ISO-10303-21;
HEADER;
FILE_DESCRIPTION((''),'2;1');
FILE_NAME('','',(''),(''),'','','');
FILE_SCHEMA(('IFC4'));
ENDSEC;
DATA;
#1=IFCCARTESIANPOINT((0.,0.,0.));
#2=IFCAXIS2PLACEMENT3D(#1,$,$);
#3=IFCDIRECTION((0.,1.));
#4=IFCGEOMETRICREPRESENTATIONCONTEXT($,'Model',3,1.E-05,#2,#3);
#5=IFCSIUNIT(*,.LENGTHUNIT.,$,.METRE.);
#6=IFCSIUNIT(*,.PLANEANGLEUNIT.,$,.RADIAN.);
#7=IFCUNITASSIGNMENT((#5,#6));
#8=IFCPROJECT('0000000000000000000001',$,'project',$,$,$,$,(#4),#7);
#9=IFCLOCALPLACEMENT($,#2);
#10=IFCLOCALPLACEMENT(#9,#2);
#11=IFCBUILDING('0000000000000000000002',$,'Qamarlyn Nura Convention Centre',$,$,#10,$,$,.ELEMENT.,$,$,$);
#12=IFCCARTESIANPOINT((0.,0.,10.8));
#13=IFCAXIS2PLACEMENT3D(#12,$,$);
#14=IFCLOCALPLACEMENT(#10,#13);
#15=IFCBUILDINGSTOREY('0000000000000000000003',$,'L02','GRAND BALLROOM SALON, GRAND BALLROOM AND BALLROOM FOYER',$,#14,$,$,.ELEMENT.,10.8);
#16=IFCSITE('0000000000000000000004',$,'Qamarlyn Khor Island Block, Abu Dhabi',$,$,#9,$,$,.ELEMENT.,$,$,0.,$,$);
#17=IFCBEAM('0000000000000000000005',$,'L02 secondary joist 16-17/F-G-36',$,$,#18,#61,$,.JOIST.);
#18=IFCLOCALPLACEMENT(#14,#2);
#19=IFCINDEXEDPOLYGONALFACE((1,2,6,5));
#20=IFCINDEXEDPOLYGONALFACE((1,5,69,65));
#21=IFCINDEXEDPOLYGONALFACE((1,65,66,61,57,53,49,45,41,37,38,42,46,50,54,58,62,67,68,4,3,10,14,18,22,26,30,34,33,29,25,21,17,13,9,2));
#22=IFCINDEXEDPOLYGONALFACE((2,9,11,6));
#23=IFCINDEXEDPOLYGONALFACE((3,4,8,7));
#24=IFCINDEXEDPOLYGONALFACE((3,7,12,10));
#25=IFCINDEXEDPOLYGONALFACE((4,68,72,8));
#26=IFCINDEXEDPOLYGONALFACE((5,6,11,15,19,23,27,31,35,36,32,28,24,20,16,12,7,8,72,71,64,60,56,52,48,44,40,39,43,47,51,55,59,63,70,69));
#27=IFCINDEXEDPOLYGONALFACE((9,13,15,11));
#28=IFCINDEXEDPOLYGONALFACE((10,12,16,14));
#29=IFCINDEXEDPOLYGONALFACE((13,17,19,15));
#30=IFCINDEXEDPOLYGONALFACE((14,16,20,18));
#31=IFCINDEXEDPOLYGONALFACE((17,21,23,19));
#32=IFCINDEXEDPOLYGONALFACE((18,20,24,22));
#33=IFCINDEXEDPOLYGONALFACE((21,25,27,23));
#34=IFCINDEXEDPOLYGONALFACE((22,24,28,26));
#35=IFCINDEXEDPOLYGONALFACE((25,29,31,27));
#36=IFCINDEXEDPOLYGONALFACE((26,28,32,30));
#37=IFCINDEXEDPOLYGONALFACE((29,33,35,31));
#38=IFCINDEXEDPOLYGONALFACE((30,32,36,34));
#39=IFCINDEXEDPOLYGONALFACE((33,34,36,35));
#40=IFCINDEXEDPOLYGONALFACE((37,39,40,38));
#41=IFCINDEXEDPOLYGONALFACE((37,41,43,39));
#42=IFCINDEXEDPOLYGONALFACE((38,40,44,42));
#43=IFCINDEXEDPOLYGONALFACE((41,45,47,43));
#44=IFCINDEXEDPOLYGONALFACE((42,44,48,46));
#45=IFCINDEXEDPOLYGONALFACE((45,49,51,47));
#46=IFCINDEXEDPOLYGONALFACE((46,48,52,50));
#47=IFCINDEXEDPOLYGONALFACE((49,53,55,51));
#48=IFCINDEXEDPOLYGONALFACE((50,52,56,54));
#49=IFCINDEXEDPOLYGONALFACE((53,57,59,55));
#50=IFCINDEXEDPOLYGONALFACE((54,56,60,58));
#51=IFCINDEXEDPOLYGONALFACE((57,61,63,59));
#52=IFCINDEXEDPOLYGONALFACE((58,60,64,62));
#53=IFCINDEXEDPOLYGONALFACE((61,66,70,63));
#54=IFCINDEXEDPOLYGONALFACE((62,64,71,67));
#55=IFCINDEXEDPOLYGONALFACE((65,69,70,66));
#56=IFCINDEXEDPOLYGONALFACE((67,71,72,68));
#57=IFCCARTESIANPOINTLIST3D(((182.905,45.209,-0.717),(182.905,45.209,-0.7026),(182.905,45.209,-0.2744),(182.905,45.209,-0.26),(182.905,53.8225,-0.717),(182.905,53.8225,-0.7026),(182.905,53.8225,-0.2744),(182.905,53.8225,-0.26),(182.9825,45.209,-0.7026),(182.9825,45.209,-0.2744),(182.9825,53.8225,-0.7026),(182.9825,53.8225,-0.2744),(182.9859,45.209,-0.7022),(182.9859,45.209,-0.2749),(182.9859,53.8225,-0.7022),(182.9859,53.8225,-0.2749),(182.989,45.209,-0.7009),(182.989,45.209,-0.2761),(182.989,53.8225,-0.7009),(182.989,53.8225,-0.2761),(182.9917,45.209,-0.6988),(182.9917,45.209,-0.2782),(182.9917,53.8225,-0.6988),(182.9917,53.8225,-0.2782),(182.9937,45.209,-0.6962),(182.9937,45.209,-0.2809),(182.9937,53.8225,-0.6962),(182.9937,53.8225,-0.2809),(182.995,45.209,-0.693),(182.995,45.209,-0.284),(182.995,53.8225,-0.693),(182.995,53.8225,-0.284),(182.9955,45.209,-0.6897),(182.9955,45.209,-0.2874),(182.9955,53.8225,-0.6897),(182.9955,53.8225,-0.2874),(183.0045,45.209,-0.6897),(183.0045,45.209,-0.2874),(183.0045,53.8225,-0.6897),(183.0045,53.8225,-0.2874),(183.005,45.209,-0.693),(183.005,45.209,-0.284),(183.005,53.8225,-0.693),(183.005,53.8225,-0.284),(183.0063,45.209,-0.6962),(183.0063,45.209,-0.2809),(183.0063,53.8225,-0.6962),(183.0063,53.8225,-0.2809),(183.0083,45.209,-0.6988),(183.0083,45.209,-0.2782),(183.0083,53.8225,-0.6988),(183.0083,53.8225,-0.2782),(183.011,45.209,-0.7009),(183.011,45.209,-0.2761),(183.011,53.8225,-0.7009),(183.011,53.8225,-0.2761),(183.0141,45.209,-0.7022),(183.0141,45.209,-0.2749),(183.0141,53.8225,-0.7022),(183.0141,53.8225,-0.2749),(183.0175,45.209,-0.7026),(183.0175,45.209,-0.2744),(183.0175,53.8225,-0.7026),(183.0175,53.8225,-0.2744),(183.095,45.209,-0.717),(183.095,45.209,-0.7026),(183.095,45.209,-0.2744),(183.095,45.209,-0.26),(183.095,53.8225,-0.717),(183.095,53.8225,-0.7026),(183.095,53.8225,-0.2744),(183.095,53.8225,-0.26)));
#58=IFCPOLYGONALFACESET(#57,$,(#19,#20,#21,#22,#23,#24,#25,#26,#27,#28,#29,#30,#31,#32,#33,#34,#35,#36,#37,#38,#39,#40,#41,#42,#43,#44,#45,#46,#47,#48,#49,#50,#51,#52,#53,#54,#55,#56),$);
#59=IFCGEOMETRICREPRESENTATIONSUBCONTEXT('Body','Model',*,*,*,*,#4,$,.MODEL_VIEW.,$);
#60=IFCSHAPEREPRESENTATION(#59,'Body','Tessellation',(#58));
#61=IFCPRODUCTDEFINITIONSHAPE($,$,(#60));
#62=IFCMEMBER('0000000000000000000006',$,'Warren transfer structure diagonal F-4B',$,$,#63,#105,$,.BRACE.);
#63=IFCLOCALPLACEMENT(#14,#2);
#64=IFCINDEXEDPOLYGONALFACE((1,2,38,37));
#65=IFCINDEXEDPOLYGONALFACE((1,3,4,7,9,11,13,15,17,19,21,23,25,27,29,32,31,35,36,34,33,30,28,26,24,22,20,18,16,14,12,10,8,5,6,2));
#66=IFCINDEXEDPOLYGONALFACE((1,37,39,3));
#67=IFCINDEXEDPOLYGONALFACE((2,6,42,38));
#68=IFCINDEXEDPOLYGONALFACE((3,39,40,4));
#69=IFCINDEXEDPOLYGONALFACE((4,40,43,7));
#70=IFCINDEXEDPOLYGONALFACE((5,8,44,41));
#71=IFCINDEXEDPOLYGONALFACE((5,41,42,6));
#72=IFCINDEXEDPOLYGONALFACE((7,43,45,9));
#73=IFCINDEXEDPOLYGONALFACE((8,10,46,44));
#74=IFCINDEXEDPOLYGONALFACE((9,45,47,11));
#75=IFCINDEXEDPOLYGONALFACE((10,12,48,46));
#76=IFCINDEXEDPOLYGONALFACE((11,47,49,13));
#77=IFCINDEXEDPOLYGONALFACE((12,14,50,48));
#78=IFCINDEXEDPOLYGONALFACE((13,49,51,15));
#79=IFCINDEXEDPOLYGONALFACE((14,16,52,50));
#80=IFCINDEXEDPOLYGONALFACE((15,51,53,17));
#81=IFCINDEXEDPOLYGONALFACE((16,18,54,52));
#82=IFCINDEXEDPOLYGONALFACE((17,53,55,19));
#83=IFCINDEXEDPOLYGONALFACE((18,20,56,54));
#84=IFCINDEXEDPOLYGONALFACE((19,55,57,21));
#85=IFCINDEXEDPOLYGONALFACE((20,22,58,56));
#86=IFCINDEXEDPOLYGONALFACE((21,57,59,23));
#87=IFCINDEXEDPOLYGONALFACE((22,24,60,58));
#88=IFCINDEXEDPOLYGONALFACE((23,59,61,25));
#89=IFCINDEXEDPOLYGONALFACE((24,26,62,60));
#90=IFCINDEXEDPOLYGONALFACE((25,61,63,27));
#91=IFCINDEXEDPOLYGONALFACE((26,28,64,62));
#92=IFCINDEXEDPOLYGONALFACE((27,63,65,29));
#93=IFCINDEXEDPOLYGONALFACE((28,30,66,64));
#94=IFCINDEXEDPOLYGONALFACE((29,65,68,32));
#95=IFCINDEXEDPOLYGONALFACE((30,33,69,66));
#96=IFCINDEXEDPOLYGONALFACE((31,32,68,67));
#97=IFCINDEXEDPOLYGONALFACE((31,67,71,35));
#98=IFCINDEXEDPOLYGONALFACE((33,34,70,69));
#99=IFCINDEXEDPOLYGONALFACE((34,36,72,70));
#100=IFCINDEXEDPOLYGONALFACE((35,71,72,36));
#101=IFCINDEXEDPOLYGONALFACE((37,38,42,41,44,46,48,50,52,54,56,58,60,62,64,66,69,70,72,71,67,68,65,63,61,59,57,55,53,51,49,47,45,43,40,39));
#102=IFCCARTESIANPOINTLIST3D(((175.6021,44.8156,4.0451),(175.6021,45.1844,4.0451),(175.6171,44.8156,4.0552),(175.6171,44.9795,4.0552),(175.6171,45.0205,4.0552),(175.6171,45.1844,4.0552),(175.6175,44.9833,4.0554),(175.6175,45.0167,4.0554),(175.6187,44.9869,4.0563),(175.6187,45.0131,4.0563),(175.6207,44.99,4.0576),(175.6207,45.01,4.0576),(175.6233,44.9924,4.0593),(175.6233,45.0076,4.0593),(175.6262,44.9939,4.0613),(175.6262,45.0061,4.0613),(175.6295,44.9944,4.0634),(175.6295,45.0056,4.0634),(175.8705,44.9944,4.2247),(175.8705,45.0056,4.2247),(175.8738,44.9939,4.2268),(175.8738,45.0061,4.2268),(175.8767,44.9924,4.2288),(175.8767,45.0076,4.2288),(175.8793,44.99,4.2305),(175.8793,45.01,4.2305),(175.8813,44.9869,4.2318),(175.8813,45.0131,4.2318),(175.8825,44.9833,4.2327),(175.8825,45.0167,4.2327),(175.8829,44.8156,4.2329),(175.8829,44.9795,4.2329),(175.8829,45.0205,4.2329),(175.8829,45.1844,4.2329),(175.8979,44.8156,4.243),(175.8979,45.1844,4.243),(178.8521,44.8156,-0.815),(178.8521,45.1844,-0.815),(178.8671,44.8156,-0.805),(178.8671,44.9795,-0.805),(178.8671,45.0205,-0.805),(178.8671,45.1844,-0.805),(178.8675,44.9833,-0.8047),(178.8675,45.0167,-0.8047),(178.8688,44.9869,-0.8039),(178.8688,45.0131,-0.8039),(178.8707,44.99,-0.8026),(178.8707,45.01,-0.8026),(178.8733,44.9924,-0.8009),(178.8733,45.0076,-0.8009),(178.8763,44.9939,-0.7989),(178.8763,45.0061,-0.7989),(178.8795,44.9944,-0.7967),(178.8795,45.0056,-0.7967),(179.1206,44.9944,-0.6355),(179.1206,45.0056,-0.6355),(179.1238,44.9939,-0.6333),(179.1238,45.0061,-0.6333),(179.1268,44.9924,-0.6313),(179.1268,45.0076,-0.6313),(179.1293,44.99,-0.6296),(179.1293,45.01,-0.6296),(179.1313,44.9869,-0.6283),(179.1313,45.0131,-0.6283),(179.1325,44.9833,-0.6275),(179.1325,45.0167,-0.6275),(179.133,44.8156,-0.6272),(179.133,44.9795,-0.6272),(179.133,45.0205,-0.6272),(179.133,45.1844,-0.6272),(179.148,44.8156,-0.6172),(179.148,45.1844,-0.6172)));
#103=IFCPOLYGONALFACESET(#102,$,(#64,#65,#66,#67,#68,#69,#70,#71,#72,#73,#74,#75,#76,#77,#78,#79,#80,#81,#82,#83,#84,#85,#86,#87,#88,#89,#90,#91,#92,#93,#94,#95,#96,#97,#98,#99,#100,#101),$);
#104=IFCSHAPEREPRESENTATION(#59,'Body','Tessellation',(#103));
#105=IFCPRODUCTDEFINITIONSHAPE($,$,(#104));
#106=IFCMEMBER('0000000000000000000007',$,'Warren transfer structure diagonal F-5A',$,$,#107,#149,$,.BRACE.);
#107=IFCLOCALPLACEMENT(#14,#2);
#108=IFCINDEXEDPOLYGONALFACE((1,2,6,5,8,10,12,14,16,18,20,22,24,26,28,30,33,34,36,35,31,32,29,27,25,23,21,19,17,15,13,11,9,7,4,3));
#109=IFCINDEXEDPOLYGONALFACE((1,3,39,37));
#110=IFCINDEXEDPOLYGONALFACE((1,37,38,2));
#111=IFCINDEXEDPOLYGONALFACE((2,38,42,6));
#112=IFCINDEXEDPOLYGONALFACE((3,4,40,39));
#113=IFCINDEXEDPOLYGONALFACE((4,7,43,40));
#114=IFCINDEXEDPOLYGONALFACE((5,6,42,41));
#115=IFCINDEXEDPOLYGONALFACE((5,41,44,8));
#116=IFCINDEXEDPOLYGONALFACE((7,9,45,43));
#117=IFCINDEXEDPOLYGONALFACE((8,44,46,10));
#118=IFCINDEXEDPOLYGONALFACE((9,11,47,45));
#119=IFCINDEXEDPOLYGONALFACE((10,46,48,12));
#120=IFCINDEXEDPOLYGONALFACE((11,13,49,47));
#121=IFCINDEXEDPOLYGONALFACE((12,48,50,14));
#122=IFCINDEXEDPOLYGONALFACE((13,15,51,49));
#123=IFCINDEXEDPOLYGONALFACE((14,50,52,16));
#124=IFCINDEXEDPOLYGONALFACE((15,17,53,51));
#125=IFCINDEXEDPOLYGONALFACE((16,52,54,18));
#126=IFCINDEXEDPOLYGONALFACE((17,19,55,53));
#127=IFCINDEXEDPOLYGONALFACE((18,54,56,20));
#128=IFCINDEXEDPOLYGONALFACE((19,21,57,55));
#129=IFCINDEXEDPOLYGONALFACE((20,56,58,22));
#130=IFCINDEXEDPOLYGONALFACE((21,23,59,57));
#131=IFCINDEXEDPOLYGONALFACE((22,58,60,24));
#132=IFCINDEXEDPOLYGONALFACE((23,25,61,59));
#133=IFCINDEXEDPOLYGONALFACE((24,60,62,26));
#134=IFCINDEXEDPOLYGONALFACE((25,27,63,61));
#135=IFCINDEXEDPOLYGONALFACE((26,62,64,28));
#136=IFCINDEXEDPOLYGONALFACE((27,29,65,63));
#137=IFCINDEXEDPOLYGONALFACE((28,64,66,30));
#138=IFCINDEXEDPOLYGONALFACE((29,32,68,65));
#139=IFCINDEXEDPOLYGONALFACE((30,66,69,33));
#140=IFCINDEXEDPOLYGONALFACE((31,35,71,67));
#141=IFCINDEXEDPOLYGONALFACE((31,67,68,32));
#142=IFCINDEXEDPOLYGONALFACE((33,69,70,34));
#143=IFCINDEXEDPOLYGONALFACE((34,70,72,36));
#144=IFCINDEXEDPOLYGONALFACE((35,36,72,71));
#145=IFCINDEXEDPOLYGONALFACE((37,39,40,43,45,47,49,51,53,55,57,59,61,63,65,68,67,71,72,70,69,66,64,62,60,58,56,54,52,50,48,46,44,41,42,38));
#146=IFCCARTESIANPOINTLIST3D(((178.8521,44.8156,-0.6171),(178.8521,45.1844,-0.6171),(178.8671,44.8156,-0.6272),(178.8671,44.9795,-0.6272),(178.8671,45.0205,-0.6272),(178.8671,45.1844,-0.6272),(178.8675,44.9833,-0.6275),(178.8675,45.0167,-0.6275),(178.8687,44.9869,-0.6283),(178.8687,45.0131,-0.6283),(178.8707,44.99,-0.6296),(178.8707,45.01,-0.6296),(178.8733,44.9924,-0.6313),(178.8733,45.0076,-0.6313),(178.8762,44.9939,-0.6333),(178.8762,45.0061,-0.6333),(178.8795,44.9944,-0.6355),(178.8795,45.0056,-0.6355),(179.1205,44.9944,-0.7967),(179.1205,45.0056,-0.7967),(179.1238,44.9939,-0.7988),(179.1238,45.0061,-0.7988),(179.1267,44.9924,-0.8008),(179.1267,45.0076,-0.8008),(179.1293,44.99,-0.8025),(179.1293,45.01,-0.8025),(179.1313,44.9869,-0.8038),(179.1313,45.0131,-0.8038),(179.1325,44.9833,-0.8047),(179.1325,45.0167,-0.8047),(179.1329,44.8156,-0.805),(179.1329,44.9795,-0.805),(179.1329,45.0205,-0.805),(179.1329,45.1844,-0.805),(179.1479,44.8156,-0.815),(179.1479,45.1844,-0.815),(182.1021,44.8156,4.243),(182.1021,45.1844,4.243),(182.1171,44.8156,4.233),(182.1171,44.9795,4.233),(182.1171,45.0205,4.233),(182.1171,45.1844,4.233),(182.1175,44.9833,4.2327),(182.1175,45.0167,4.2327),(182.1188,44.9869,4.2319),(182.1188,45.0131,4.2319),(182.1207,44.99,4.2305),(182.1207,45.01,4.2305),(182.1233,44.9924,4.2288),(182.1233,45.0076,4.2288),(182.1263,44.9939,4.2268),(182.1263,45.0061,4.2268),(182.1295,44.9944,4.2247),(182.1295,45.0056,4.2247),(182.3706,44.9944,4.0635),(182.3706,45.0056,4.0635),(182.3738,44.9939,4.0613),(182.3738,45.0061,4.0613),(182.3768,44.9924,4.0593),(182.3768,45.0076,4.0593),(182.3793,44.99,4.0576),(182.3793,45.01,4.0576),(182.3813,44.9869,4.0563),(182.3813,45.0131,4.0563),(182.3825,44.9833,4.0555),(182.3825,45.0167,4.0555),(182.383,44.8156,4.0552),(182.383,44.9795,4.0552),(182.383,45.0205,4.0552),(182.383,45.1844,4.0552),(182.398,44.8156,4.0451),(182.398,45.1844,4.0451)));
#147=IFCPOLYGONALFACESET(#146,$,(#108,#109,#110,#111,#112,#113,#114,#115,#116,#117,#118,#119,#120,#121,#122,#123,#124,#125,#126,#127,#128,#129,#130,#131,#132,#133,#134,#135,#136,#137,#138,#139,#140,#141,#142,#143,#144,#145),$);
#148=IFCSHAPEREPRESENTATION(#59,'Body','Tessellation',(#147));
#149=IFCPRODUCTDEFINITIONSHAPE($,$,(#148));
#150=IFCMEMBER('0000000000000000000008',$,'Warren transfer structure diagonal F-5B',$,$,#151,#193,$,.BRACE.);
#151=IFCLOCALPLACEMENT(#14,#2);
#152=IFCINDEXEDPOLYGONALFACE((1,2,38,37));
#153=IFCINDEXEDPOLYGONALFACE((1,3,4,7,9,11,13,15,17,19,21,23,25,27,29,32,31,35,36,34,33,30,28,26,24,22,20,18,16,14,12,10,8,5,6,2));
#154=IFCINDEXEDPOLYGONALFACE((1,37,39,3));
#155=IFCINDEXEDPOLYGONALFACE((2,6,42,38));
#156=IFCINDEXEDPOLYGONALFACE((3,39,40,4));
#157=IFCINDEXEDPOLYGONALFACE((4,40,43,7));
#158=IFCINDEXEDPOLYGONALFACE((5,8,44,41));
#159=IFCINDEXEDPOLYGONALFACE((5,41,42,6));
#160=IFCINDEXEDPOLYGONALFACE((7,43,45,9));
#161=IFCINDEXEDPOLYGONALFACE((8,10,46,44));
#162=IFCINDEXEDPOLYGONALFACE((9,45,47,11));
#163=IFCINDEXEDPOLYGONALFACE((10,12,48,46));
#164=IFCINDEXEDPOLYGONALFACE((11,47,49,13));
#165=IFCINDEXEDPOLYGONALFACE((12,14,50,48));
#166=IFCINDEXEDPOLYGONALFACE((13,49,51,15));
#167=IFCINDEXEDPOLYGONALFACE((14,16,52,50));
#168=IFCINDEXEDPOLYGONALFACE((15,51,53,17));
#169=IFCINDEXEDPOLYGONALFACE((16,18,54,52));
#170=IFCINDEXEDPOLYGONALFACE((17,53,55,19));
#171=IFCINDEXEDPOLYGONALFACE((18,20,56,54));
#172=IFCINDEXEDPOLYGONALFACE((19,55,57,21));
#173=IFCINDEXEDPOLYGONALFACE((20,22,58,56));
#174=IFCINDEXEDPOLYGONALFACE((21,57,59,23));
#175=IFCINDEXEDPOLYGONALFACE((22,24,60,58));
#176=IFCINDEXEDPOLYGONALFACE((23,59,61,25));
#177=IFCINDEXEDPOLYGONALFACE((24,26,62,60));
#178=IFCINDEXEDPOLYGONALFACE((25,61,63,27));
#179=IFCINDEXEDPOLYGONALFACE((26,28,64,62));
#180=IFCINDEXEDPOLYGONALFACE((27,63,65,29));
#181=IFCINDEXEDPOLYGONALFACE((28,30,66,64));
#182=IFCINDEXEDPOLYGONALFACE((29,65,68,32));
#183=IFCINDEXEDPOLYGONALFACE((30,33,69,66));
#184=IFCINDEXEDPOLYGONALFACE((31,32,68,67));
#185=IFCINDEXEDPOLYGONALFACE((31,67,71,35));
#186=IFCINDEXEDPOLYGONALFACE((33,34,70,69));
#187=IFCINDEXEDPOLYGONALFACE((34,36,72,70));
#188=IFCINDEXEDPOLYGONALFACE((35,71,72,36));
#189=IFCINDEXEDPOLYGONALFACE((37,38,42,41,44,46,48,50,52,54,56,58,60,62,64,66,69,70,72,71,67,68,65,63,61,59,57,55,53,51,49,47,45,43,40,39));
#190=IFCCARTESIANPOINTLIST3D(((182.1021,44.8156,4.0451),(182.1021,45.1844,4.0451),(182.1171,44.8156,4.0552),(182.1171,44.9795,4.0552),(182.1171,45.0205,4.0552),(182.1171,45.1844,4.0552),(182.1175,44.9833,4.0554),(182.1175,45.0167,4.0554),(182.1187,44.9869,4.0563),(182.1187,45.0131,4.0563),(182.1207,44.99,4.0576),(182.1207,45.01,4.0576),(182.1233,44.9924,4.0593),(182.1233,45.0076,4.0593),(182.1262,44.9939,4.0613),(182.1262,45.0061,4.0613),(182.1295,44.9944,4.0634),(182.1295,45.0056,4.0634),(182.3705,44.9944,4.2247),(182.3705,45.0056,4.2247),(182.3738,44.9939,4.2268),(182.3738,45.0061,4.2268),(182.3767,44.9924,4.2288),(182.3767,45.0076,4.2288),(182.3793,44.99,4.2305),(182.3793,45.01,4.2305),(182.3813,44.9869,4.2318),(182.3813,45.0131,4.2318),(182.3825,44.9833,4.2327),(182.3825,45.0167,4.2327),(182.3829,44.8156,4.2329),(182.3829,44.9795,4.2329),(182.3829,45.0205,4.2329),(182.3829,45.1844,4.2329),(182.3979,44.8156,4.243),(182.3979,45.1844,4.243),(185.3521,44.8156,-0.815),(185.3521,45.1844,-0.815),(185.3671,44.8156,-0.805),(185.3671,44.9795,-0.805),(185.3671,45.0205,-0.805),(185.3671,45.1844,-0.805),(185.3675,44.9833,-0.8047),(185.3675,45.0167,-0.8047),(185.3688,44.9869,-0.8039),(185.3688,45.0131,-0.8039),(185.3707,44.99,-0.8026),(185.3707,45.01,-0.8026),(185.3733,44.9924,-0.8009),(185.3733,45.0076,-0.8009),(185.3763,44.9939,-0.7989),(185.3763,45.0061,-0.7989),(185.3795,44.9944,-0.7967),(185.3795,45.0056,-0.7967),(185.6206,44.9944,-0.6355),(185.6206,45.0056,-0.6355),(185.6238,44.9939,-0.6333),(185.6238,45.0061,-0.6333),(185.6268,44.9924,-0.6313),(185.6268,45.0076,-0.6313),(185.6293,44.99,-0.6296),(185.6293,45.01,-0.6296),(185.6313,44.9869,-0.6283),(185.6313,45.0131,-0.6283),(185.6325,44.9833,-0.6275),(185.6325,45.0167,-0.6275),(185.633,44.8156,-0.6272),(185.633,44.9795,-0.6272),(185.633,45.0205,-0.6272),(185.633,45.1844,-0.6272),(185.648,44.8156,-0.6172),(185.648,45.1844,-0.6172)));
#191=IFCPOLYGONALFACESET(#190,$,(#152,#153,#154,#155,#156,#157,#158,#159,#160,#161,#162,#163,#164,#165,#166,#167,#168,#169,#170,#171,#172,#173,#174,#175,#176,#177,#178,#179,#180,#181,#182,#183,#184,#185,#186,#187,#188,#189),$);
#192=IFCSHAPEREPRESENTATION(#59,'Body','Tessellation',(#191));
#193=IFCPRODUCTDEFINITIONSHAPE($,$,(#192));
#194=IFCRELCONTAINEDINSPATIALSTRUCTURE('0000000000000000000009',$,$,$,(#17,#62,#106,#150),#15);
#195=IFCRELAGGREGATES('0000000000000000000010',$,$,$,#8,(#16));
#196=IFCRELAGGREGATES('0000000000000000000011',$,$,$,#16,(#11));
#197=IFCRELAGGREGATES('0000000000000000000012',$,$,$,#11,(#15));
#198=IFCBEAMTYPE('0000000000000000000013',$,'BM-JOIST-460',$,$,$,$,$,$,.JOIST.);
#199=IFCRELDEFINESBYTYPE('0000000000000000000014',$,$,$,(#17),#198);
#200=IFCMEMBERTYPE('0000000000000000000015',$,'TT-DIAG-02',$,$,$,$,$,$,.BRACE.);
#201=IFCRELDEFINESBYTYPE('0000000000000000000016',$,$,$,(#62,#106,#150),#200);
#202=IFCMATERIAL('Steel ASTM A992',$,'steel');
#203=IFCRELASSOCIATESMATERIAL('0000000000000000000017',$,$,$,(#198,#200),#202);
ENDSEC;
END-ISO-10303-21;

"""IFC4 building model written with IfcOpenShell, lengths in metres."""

from ifc_helpers import new_model, si_unit, direction, frame, origin, origin_2d, place, context, subcontext, project, spatial, i_section, extrude, material, material_profile, profile_set, type_object, element, save


model = new_model("IFC4")

# Units and contexts
model_context = context("Model", 3, precision=1e-05, world=origin(), true_north=direction((0.0, 1.0)))
body_context = subcontext(model_context, "Body", "Model", "MODEL_VIEW")
ifc_project = project(units=[si_unit("LENGTHUNIT", "METRE"), si_unit("PLANEANGLEUNIT", "RADIAN")], contexts=[model_context])

# Site, building, storey
site_placement = place(None, origin())
site = spatial("IfcSite", under=ifc_project, at=site_placement, Name="Qamarlyn Khor Island Block, Abu Dhabi", CompositionType="ELEMENT", RefElevation=0.0)
building_placement = place(site_placement, origin())
building = spatial("IfcBuilding", under=site, at=building_placement, Name="Qamarlyn Nura Convention Centre", CompositionType="ELEMENT")
storey_placement = place(building_placement, frame((0.0, 0.0, 10.8)))
storey = spatial("IfcBuildingStorey", under=building, at=storey_placement, Name="L02", Description="GRAND BALLROOM SALON, GRAND BALLROOM AND BALLROOM FOYER", CompositionType="ELEMENT", Elevation=10.8)

# Shared definitions
ifc_material_1 = material(Name="Steel ASTM A992", Category="steel")

# Beam
ifc_material_profile_1 = material_profile(ifc_material_1, i_section(OverallWidth=0.1899, OverallDepth=0.457, WebThickness=0.009, FlangeThickness=0.0144, FilletRadius=0.0129, at=origin_2d()), Name="W460X74")
ifc_profile_set_1 = profile_set([ifc_material_profile_1], Name="Steel ASTM A992")
beam_type_1 = type_object("IfcBeamType", Name="BM-JOIST-460", PredefinedType="JOIST", material=ifc_profile_set_1)
beam_1_placement = place(storey_placement, frame((183.0, 45.209, -0.4885), z_axis=(0.0, 1.0, 0.0), x_axis=(-1.0, 0.0, 0.0)))
element("IfcBeam", 1, at=beam_1_placement, inside=storey, type_object=beam_type_1, Name="L02 secondary joist 16-17/F-G-36", PredefinedType="JOIST", context=body_context, shape_type="SweptSolid", body=[
    extrude(i_section(OverallWidth=0.1899, OverallDepth=0.457, WebThickness=0.009, FlangeThickness=0.0144, FilletRadius=0.0129, at=origin_2d()), origin(), (0.0, 0.0, 1.0), 8.6135),
])

# Members
ifc_material_profile_2 = material_profile(ifc_material_1, i_section(OverallWidth=0.3689, OverallDepth=0.356, WebThickness=0.0112, FlangeThickness=0.0181, FilletRadius=0.0149, at=origin_2d()), Name="W360X134")
ifc_profile_set_2 = profile_set([ifc_material_profile_2], Name="Steel ASTM A992")
member_type_1 = type_object("IfcMemberType", Name="TT-DIAG-02", PredefinedType="BRACE", material=ifc_profile_set_2)
for number, where, z_axis, x_axis, name in (
    (2, (175.75, 45.0, 4.144), (0.555875, 0.0, -0.831266), (0.0, 1.0, 0.0), "Warren transfer structure diagonal F-4B"),
    (3, (179.0, 45.0, -0.7161), (0.555875, 0.0, 0.831266), (0.0, 1.0, 0.0), "Warren transfer structure diagonal F-5A"),
    (4, (182.25, 45.0, 4.144), (0.555875, 0.0, -0.831266), (0.0, 1.0, 0.0), "Warren transfer structure diagonal F-5B"),
):
    element("IfcMember", number, at=place(storey_placement, frame(where, z_axis=z_axis, x_axis=x_axis)), inside=storey, type_object=member_type_1, Name=name, PredefinedType="BRACE", context=body_context, shape_type="SweptSolid", body=[
        extrude(i_section(OverallWidth=0.3689, OverallDepth=0.356, WebThickness=0.0112, FlangeThickness=0.0181, FilletRadius=0.0149, at=origin_2d()), origin(), (0.0, 0.0, 1.0), 5.8467),
    ])

save(model, "model.ifc")
